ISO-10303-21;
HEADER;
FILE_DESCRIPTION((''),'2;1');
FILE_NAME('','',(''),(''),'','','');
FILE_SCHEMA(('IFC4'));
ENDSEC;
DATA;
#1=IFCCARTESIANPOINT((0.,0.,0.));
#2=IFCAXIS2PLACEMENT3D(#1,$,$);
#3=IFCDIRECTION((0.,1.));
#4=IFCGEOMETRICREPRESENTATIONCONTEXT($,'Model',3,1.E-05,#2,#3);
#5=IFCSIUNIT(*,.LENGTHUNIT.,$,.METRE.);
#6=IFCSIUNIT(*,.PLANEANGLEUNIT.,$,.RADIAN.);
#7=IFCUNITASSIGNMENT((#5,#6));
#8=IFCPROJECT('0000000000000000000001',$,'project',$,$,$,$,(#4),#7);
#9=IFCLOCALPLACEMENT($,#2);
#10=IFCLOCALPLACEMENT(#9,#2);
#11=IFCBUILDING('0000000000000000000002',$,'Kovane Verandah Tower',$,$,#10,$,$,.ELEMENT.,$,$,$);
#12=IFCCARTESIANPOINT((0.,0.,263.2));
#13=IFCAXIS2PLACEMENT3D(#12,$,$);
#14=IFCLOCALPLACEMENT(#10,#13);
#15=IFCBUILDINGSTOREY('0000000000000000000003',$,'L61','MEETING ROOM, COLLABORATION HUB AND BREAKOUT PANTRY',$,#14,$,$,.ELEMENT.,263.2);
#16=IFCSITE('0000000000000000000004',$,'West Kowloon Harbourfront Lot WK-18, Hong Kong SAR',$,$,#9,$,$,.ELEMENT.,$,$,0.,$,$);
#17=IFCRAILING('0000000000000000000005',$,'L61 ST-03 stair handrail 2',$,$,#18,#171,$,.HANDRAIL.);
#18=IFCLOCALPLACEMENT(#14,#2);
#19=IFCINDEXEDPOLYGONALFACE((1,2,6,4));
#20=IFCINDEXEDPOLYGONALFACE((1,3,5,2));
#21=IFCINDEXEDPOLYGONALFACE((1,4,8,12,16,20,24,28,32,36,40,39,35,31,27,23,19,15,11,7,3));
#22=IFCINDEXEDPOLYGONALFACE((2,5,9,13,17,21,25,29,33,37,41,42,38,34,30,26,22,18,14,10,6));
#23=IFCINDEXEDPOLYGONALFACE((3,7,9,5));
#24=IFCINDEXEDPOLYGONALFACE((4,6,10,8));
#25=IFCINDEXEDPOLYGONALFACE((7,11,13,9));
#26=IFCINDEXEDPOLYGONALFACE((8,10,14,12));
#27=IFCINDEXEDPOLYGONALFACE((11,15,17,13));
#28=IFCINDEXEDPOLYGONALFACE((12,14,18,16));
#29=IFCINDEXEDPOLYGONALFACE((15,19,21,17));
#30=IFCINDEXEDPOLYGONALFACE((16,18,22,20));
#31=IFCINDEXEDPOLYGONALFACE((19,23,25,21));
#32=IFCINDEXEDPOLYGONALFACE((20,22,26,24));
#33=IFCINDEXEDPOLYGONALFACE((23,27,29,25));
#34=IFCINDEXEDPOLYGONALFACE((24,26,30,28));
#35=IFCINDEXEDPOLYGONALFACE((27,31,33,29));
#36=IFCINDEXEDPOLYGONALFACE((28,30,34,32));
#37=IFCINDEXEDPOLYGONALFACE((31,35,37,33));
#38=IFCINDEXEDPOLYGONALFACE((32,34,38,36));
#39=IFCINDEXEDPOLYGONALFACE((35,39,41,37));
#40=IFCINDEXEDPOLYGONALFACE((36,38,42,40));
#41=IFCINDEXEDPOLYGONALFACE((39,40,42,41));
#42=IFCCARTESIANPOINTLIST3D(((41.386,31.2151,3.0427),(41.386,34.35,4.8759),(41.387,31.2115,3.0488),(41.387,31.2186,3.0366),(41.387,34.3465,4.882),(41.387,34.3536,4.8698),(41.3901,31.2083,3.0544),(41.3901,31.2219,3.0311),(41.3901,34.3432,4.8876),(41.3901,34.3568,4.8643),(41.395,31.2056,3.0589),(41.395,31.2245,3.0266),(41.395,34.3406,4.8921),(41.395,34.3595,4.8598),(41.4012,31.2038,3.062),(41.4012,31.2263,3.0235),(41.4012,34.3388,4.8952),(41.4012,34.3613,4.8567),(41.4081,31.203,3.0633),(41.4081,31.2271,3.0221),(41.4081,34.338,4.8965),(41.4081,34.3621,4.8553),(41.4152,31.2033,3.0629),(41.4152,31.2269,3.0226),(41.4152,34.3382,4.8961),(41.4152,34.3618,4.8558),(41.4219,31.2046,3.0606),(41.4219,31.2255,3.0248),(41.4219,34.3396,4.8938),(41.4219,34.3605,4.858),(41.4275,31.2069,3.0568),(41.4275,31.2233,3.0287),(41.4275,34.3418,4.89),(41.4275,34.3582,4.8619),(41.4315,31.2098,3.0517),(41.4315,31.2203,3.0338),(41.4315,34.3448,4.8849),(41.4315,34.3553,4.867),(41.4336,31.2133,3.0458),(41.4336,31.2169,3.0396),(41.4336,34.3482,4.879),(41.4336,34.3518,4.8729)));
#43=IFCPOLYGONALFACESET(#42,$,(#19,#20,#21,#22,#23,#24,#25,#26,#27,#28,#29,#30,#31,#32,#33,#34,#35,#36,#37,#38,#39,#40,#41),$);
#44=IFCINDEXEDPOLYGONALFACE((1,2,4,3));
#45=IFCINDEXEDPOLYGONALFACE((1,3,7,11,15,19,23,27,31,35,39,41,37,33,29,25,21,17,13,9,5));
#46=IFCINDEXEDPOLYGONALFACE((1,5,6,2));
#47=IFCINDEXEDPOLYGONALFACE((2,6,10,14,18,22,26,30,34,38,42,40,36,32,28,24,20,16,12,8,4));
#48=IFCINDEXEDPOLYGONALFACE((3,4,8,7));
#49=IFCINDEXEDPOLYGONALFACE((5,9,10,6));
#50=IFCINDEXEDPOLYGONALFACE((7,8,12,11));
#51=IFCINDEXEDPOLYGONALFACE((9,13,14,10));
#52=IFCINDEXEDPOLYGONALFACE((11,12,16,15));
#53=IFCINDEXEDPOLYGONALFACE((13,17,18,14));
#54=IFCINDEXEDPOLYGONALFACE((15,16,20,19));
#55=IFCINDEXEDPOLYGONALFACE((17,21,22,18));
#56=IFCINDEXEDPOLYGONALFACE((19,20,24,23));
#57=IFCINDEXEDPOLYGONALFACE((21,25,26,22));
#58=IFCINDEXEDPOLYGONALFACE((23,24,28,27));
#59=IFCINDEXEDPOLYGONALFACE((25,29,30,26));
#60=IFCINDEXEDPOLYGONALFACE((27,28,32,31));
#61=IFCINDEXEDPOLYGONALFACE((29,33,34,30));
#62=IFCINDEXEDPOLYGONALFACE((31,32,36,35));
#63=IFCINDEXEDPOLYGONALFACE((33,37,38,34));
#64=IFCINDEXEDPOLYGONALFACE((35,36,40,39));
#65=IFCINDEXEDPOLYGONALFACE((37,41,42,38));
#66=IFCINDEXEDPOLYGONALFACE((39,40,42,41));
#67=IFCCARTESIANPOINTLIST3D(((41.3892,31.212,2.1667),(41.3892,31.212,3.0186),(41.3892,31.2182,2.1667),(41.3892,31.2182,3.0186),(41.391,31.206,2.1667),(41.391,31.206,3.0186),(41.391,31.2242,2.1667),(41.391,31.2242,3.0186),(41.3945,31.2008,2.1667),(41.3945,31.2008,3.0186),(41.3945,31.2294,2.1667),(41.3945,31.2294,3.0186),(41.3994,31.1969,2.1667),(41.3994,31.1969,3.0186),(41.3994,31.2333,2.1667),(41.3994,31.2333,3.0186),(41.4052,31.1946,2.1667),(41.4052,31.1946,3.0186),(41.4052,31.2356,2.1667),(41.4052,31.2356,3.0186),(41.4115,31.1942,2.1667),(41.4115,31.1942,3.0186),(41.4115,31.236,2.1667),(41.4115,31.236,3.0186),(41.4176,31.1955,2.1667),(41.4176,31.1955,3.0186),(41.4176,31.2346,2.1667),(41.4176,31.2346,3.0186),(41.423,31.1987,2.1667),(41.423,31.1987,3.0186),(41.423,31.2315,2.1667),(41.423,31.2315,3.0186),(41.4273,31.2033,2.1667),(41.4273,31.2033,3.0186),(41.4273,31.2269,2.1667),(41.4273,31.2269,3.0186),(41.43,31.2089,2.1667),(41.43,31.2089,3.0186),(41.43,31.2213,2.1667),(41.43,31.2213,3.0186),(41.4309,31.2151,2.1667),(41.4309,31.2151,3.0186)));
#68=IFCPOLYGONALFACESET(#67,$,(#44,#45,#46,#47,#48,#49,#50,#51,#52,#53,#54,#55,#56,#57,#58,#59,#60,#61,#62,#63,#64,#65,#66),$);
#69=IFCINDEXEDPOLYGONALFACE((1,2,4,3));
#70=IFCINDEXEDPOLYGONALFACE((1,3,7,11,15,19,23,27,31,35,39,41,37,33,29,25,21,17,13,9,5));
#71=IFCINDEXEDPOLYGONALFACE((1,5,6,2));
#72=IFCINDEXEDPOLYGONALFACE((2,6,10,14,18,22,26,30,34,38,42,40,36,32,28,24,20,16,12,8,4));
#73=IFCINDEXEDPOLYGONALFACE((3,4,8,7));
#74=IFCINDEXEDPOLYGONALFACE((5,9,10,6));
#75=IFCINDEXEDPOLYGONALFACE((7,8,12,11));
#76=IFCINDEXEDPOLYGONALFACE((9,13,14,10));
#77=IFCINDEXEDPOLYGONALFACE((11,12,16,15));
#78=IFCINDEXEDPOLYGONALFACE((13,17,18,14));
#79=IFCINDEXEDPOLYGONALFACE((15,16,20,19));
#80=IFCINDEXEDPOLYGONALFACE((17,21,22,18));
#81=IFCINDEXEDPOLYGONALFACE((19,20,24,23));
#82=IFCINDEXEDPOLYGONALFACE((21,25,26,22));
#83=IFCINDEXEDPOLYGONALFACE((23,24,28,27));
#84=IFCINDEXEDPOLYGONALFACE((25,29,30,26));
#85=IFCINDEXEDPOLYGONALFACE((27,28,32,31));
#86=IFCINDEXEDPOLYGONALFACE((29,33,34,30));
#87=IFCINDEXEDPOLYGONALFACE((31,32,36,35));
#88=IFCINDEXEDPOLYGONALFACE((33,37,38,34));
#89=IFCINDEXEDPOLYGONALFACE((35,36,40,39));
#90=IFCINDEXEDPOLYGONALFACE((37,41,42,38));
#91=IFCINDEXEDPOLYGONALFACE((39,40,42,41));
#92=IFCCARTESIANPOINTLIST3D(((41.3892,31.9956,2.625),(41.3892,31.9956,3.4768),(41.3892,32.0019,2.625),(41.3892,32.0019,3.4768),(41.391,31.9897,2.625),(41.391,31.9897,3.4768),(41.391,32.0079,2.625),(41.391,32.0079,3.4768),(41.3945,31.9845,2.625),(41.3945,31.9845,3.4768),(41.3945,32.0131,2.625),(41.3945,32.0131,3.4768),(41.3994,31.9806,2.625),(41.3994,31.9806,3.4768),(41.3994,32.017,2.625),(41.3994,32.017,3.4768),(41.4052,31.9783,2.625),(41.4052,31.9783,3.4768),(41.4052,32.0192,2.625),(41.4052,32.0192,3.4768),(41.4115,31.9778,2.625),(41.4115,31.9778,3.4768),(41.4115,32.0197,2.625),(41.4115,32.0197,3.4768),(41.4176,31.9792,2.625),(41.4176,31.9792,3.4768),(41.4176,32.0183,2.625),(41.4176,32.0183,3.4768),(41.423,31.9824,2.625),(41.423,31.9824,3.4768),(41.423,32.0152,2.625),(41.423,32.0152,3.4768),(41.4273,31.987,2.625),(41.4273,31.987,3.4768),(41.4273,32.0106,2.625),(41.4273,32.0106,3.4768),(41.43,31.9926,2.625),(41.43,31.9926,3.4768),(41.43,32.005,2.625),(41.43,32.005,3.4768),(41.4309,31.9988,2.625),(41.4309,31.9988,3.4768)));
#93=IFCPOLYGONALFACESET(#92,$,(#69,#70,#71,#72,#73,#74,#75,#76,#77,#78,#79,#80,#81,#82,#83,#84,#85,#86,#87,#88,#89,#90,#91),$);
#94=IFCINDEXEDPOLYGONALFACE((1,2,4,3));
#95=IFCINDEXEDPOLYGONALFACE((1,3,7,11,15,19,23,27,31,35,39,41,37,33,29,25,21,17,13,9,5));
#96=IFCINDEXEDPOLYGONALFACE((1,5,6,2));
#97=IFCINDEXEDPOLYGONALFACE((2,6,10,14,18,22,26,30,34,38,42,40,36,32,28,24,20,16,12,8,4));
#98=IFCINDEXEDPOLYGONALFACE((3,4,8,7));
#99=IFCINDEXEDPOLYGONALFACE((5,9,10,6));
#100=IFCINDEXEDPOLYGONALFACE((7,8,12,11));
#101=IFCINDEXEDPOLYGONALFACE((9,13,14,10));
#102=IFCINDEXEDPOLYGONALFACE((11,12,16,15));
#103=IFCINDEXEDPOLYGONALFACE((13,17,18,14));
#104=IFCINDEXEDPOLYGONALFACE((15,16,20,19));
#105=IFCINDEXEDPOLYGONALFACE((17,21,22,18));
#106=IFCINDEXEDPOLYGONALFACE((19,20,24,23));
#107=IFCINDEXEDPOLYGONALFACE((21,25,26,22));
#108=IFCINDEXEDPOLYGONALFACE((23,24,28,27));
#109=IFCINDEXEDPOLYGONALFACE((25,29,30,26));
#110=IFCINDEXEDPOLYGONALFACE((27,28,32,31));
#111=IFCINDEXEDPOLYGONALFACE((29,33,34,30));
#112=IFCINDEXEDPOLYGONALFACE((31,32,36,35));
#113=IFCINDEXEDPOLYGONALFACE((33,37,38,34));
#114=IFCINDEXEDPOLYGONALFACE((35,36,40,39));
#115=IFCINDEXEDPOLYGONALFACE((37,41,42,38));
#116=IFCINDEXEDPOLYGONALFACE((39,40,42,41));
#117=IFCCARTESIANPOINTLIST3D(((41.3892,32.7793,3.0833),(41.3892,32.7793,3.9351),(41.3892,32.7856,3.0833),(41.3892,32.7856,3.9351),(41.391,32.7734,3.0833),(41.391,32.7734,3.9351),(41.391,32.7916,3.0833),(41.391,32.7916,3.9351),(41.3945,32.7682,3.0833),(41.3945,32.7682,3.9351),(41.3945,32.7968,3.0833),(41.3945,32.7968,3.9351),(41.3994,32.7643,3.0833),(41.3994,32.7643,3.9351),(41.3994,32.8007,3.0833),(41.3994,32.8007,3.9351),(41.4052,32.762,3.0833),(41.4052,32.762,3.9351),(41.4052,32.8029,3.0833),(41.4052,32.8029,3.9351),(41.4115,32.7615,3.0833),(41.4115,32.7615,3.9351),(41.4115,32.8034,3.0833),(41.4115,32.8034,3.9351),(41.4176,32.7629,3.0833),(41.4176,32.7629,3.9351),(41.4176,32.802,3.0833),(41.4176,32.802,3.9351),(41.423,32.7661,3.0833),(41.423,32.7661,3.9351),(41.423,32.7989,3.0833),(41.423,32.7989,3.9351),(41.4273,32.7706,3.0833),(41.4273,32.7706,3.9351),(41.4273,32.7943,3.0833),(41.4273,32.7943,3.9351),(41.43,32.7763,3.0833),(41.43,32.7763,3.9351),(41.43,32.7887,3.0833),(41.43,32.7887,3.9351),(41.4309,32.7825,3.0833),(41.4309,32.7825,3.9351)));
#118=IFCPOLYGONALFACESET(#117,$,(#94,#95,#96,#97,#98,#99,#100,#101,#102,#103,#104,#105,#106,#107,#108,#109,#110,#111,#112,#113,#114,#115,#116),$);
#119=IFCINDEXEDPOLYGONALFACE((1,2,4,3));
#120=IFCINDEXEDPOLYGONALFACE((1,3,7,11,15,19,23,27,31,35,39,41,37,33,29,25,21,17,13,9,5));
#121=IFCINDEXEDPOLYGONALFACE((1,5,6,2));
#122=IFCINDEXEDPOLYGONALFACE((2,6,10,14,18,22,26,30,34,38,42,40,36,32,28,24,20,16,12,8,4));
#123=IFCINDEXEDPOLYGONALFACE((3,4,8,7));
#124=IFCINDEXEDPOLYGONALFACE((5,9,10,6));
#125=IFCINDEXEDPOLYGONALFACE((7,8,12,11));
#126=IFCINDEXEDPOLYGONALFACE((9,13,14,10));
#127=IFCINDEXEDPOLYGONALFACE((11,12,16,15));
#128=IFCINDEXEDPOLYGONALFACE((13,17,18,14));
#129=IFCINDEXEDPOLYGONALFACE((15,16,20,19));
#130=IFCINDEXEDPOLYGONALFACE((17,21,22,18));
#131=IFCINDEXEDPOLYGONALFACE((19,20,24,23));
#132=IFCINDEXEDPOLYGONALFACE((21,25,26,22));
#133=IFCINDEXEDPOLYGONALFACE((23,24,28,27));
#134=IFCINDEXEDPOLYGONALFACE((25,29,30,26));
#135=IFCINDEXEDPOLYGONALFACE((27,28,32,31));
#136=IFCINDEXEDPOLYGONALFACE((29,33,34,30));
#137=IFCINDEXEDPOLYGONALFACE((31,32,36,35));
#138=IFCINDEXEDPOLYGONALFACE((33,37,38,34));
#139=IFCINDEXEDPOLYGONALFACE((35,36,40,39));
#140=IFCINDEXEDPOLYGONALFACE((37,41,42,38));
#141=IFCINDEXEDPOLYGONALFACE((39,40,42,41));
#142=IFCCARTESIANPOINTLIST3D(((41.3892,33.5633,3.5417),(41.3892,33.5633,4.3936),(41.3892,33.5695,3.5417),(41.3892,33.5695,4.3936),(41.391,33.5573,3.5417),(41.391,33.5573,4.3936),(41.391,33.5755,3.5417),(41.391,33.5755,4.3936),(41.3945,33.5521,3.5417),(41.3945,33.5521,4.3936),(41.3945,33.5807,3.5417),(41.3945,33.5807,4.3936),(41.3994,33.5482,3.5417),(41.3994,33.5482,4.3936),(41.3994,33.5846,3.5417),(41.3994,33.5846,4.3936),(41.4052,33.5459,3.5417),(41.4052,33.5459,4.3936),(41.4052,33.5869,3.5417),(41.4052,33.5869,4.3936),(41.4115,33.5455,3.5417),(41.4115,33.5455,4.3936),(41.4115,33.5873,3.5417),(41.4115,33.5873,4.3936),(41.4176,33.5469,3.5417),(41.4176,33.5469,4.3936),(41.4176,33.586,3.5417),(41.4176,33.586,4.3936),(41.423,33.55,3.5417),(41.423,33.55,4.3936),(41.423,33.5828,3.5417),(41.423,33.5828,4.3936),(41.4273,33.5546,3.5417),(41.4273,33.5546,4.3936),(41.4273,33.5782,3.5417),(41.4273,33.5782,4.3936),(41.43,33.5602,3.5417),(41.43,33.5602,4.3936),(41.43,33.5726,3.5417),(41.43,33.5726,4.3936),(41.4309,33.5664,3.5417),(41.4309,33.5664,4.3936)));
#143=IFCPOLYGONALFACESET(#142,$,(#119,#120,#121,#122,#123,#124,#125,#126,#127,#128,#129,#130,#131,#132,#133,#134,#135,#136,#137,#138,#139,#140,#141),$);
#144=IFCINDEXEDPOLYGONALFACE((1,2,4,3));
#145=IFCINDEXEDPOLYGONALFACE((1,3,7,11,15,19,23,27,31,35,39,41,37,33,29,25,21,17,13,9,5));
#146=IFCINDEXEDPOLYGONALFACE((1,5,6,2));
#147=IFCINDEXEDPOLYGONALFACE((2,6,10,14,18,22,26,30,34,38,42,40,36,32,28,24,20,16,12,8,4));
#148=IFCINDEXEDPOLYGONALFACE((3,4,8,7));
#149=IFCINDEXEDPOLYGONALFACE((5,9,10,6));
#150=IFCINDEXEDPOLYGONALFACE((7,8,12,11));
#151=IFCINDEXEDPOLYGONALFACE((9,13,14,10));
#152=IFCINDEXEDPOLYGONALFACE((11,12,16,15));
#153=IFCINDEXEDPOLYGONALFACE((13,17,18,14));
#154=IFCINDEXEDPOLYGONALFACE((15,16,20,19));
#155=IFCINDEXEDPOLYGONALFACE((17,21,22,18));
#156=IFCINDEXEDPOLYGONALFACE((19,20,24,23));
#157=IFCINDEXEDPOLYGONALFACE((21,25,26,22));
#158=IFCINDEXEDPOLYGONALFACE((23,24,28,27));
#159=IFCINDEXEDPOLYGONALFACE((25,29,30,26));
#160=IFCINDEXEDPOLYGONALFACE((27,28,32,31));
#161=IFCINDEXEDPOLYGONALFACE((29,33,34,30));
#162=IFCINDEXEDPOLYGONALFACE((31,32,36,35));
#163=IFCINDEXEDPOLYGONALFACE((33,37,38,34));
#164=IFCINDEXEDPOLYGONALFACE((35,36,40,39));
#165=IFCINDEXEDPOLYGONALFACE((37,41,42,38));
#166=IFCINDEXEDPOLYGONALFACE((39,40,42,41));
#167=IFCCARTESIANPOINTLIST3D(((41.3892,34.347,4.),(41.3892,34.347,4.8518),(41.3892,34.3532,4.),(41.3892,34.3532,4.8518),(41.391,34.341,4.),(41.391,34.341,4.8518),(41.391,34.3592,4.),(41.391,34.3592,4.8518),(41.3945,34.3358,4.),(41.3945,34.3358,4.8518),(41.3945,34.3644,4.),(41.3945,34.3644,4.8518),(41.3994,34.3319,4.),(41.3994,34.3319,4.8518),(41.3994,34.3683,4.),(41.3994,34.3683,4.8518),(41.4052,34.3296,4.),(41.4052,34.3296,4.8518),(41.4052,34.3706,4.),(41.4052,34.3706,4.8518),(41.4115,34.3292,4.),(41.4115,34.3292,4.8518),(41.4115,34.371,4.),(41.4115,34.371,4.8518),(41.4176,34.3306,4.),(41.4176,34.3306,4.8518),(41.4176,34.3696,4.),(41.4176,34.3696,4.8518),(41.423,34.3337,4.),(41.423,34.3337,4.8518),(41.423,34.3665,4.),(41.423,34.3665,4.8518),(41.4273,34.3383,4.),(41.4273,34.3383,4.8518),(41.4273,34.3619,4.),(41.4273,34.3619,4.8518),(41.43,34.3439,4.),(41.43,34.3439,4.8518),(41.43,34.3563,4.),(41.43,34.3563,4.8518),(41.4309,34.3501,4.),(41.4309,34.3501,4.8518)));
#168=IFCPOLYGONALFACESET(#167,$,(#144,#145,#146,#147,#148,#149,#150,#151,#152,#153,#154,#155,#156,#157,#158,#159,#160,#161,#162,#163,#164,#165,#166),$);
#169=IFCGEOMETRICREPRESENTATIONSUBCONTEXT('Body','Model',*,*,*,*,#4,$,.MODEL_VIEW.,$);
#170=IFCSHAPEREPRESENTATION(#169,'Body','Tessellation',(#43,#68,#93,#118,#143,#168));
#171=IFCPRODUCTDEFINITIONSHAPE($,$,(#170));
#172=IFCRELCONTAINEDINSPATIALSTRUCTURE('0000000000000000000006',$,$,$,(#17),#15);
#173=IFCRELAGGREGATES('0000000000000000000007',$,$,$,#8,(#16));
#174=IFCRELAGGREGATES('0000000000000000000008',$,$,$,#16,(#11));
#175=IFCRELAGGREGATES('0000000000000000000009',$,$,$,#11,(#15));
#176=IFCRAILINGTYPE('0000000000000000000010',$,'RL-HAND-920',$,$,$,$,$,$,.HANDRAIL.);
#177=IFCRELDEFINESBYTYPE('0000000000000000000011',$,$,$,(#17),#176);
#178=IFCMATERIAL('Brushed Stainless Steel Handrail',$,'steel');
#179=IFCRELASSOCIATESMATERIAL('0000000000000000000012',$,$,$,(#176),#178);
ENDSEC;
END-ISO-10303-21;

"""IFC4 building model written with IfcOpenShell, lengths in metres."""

from ifc_helpers import new_model, si_unit, direction, frame, origin, origin_2d, place, context, subcontext, project, spatial, circle, extrude, material, type_object, element, save


model = new_model("IFC4")

# Units and contexts
model_context = context("Model", 3, precision=1e-05, world=origin(), true_north=direction((0.0, 1.0)))
body_context = subcontext(model_context, "Body", "Model", "MODEL_VIEW")
ifc_project = project(units=[si_unit("LENGTHUNIT", "METRE"), si_unit("PLANEANGLEUNIT", "RADIAN")], contexts=[model_context])

# Site, building, storey
site_placement = place(None, origin())
site = spatial("IfcSite", under=ifc_project, at=site_placement, Name="West Kowloon Harbourfront Lot WK-18, Hong Kong SAR", CompositionType="ELEMENT", RefElevation=0.0)
building_placement = place(site_placement, origin())
building = spatial("IfcBuilding", under=site, at=building_placement, Name="Kovane Verandah Tower", CompositionType="ELEMENT")
storey_placement = place(building_placement, frame((0.0, 0.0, 263.2)))
storey = spatial("IfcBuildingStorey", under=building, at=storey_placement, Name="L61", Description="MEETING ROOM, COLLABORATION HUB AND BREAKOUT PANTRY", CompositionType="ELEMENT", Elevation=263.2)

# Railing
ifc_material_1 = material(Name="Brushed Stainless Steel Handrail", Category="steel")
railing_type_1 = type_object("IfcRailingType", Name="RL-HAND-920", PredefinedType="HANDRAIL", material=ifc_material_1)
railing_1_placement = place(storey_placement, frame((41.4099, 31.2151, 2.1667)))
element("IfcRailing", 1, at=railing_1_placement, inside=storey, type_object=railing_type_1, Name="L61 ST-03 stair handrail 2", PredefinedType="HANDRAIL", context=body_context, shape_type="SweptSolid", body=[
    extrude(circle(Radius=0.0239, at=origin_2d()), frame((0.0, 0.0, 0.876), z_axis=(0.0, 0.86324, 0.504794), x_axis=(-1.0, 0.0, 0.0)), (0.0, 0.0, 1.0), 3.6316),
    extrude(circle(Radius=0.021, at=origin_2d()), origin(), (0.0, 0.0, 1.0), 0.8518),
    extrude(circle(Radius=0.021, at=origin_2d()), frame((0.0, 0.7837, 0.4583)), (0.0, 0.0, 1.0), 0.8518),
    extrude(circle(Radius=0.021, at=origin_2d()), frame((0.0, 1.5674, 0.9165)), (0.0, 0.0, 1.0), 0.8518),
    extrude(circle(Radius=0.021, at=origin_2d()), frame((0.0, 2.3513, 1.375)), (0.0, 0.0, 1.0), 0.8518),
    extrude(circle(Radius=0.021, at=origin_2d()), frame((0.0, 3.135, 1.8333)), (0.0, 0.0, 1.0), 0.8518),
])

save(model, "model.ifc")
